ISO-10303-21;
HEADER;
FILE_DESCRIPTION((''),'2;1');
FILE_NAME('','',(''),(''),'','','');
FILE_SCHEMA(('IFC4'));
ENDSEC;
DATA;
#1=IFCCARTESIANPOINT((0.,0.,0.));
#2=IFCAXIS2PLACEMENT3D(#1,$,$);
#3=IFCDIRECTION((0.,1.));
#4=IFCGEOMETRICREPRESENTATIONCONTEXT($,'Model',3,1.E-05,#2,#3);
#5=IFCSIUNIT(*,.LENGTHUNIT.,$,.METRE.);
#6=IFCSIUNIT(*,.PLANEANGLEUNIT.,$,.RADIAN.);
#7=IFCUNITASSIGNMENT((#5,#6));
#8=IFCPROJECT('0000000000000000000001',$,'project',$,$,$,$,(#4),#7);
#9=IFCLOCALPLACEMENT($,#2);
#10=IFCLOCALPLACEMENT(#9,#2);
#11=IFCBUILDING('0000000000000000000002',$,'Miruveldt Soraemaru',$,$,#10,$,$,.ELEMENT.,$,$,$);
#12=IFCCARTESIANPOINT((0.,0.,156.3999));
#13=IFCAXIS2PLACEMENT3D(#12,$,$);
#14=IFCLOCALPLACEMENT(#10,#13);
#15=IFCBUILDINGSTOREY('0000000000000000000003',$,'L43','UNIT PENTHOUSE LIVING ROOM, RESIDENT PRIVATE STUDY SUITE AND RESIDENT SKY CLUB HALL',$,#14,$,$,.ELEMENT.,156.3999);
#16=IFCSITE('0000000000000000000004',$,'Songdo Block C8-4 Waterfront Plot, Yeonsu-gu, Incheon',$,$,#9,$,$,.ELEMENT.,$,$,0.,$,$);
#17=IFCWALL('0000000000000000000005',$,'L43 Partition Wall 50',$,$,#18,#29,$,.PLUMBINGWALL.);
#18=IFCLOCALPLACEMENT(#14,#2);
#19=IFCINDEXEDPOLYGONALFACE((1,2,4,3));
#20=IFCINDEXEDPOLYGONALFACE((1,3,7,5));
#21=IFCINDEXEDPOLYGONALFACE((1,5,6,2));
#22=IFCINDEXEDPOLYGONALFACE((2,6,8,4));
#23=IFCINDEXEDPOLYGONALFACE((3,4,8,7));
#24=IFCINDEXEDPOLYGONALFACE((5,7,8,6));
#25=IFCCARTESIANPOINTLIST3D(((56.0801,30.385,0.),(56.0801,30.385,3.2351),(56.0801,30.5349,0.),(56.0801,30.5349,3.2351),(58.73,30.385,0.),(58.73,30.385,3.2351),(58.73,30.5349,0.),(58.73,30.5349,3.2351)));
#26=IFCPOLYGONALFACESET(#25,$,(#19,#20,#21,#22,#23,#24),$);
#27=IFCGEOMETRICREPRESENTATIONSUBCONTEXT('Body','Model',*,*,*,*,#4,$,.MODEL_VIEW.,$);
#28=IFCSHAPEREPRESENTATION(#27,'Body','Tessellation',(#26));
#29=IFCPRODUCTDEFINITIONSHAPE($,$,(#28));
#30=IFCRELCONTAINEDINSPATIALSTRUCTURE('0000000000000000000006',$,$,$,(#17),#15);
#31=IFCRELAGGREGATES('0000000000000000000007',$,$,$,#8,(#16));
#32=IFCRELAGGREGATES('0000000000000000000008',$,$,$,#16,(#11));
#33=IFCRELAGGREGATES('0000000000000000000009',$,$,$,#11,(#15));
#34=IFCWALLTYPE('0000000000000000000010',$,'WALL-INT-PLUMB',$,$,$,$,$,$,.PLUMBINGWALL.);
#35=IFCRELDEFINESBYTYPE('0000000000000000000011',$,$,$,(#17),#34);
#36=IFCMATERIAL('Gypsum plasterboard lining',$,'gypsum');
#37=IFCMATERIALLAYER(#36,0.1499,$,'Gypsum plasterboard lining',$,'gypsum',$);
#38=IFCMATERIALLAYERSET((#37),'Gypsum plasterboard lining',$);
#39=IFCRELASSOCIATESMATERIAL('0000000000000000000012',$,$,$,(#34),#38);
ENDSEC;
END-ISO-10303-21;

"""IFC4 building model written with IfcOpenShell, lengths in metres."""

from ifc_helpers import new_model, si_unit, direction, frame, frame_2d, origin, place, context, subcontext, project, spatial, rectangle, extrude, material, layer, layer_set, type_object, element, save


model = new_model("IFC4")

# Units and contexts
model_context = context("Model", 3, precision=1e-05, world=origin(), true_north=direction((0.0, 1.0)))
body_context = subcontext(model_context, "Body", "Model", "MODEL_VIEW")
ifc_project = project(units=[si_unit("LENGTHUNIT", "METRE"), si_unit("PLANEANGLEUNIT", "RADIAN")], contexts=[model_context])

# Site, building, storey
site_placement = place(None, origin())
site = spatial("IfcSite", under=ifc_project, at=site_placement, Name="Songdo Block C8-4 Waterfront Plot, Yeonsu-gu, Incheon", CompositionType="ELEMENT", RefElevation=0.0)
building_placement = place(site_placement, origin())
building = spatial("IfcBuilding", under=site, at=building_placement, Name="Miruveldt Soraemaru", CompositionType="ELEMENT")
storey_placement = place(building_placement, frame((0.0, 0.0, 156.3999)))
storey = spatial("IfcBuildingStorey", under=building, at=storey_placement, Name="L43", Description="UNIT PENTHOUSE LIVING ROOM, RESIDENT PRIVATE STUDY SUITE AND RESIDENT SKY CLUB HALL", CompositionType="ELEMENT", Elevation=156.3999)

# Shared definitions
ifc_material_1 = material(Name="Gypsum plasterboard lining", Category="gypsum")

# Shared definitions
ifc_layer_1 = layer(ifc_material_1, 0.1499, Name="Gypsum plasterboard lining", Category="gypsum")
ifc_layer_set_1 = layer_set([ifc_layer_1], Name="Gypsum plasterboard lining")
wall_type_1 = type_object("IfcWallType", Name="WALL-INT-PLUMB", PredefinedType="PLUMBINGWALL", material=ifc_layer_set_1)

# Wall
wall_1_placement = place(storey_placement, frame((56.0801, 30.46, 0.0), z_axis=(0.0, 0.0, 1.0), x_axis=(1.0, 0.0, 0.0)))
element("IfcWall", 1, at=wall_1_placement, inside=storey, type_object=wall_type_1, Name="L43 Partition Wall 50", PredefinedType="PLUMBINGWALL", context=body_context, shape_type="SweptSolid", body=[
    extrude(rectangle(XDim=2.6499, YDim=0.1499, at=frame_2d((1.325, 0.0))), origin(), (0.0, 0.0, 1.0), 3.2351),
])

save(model, "model.ifc")
